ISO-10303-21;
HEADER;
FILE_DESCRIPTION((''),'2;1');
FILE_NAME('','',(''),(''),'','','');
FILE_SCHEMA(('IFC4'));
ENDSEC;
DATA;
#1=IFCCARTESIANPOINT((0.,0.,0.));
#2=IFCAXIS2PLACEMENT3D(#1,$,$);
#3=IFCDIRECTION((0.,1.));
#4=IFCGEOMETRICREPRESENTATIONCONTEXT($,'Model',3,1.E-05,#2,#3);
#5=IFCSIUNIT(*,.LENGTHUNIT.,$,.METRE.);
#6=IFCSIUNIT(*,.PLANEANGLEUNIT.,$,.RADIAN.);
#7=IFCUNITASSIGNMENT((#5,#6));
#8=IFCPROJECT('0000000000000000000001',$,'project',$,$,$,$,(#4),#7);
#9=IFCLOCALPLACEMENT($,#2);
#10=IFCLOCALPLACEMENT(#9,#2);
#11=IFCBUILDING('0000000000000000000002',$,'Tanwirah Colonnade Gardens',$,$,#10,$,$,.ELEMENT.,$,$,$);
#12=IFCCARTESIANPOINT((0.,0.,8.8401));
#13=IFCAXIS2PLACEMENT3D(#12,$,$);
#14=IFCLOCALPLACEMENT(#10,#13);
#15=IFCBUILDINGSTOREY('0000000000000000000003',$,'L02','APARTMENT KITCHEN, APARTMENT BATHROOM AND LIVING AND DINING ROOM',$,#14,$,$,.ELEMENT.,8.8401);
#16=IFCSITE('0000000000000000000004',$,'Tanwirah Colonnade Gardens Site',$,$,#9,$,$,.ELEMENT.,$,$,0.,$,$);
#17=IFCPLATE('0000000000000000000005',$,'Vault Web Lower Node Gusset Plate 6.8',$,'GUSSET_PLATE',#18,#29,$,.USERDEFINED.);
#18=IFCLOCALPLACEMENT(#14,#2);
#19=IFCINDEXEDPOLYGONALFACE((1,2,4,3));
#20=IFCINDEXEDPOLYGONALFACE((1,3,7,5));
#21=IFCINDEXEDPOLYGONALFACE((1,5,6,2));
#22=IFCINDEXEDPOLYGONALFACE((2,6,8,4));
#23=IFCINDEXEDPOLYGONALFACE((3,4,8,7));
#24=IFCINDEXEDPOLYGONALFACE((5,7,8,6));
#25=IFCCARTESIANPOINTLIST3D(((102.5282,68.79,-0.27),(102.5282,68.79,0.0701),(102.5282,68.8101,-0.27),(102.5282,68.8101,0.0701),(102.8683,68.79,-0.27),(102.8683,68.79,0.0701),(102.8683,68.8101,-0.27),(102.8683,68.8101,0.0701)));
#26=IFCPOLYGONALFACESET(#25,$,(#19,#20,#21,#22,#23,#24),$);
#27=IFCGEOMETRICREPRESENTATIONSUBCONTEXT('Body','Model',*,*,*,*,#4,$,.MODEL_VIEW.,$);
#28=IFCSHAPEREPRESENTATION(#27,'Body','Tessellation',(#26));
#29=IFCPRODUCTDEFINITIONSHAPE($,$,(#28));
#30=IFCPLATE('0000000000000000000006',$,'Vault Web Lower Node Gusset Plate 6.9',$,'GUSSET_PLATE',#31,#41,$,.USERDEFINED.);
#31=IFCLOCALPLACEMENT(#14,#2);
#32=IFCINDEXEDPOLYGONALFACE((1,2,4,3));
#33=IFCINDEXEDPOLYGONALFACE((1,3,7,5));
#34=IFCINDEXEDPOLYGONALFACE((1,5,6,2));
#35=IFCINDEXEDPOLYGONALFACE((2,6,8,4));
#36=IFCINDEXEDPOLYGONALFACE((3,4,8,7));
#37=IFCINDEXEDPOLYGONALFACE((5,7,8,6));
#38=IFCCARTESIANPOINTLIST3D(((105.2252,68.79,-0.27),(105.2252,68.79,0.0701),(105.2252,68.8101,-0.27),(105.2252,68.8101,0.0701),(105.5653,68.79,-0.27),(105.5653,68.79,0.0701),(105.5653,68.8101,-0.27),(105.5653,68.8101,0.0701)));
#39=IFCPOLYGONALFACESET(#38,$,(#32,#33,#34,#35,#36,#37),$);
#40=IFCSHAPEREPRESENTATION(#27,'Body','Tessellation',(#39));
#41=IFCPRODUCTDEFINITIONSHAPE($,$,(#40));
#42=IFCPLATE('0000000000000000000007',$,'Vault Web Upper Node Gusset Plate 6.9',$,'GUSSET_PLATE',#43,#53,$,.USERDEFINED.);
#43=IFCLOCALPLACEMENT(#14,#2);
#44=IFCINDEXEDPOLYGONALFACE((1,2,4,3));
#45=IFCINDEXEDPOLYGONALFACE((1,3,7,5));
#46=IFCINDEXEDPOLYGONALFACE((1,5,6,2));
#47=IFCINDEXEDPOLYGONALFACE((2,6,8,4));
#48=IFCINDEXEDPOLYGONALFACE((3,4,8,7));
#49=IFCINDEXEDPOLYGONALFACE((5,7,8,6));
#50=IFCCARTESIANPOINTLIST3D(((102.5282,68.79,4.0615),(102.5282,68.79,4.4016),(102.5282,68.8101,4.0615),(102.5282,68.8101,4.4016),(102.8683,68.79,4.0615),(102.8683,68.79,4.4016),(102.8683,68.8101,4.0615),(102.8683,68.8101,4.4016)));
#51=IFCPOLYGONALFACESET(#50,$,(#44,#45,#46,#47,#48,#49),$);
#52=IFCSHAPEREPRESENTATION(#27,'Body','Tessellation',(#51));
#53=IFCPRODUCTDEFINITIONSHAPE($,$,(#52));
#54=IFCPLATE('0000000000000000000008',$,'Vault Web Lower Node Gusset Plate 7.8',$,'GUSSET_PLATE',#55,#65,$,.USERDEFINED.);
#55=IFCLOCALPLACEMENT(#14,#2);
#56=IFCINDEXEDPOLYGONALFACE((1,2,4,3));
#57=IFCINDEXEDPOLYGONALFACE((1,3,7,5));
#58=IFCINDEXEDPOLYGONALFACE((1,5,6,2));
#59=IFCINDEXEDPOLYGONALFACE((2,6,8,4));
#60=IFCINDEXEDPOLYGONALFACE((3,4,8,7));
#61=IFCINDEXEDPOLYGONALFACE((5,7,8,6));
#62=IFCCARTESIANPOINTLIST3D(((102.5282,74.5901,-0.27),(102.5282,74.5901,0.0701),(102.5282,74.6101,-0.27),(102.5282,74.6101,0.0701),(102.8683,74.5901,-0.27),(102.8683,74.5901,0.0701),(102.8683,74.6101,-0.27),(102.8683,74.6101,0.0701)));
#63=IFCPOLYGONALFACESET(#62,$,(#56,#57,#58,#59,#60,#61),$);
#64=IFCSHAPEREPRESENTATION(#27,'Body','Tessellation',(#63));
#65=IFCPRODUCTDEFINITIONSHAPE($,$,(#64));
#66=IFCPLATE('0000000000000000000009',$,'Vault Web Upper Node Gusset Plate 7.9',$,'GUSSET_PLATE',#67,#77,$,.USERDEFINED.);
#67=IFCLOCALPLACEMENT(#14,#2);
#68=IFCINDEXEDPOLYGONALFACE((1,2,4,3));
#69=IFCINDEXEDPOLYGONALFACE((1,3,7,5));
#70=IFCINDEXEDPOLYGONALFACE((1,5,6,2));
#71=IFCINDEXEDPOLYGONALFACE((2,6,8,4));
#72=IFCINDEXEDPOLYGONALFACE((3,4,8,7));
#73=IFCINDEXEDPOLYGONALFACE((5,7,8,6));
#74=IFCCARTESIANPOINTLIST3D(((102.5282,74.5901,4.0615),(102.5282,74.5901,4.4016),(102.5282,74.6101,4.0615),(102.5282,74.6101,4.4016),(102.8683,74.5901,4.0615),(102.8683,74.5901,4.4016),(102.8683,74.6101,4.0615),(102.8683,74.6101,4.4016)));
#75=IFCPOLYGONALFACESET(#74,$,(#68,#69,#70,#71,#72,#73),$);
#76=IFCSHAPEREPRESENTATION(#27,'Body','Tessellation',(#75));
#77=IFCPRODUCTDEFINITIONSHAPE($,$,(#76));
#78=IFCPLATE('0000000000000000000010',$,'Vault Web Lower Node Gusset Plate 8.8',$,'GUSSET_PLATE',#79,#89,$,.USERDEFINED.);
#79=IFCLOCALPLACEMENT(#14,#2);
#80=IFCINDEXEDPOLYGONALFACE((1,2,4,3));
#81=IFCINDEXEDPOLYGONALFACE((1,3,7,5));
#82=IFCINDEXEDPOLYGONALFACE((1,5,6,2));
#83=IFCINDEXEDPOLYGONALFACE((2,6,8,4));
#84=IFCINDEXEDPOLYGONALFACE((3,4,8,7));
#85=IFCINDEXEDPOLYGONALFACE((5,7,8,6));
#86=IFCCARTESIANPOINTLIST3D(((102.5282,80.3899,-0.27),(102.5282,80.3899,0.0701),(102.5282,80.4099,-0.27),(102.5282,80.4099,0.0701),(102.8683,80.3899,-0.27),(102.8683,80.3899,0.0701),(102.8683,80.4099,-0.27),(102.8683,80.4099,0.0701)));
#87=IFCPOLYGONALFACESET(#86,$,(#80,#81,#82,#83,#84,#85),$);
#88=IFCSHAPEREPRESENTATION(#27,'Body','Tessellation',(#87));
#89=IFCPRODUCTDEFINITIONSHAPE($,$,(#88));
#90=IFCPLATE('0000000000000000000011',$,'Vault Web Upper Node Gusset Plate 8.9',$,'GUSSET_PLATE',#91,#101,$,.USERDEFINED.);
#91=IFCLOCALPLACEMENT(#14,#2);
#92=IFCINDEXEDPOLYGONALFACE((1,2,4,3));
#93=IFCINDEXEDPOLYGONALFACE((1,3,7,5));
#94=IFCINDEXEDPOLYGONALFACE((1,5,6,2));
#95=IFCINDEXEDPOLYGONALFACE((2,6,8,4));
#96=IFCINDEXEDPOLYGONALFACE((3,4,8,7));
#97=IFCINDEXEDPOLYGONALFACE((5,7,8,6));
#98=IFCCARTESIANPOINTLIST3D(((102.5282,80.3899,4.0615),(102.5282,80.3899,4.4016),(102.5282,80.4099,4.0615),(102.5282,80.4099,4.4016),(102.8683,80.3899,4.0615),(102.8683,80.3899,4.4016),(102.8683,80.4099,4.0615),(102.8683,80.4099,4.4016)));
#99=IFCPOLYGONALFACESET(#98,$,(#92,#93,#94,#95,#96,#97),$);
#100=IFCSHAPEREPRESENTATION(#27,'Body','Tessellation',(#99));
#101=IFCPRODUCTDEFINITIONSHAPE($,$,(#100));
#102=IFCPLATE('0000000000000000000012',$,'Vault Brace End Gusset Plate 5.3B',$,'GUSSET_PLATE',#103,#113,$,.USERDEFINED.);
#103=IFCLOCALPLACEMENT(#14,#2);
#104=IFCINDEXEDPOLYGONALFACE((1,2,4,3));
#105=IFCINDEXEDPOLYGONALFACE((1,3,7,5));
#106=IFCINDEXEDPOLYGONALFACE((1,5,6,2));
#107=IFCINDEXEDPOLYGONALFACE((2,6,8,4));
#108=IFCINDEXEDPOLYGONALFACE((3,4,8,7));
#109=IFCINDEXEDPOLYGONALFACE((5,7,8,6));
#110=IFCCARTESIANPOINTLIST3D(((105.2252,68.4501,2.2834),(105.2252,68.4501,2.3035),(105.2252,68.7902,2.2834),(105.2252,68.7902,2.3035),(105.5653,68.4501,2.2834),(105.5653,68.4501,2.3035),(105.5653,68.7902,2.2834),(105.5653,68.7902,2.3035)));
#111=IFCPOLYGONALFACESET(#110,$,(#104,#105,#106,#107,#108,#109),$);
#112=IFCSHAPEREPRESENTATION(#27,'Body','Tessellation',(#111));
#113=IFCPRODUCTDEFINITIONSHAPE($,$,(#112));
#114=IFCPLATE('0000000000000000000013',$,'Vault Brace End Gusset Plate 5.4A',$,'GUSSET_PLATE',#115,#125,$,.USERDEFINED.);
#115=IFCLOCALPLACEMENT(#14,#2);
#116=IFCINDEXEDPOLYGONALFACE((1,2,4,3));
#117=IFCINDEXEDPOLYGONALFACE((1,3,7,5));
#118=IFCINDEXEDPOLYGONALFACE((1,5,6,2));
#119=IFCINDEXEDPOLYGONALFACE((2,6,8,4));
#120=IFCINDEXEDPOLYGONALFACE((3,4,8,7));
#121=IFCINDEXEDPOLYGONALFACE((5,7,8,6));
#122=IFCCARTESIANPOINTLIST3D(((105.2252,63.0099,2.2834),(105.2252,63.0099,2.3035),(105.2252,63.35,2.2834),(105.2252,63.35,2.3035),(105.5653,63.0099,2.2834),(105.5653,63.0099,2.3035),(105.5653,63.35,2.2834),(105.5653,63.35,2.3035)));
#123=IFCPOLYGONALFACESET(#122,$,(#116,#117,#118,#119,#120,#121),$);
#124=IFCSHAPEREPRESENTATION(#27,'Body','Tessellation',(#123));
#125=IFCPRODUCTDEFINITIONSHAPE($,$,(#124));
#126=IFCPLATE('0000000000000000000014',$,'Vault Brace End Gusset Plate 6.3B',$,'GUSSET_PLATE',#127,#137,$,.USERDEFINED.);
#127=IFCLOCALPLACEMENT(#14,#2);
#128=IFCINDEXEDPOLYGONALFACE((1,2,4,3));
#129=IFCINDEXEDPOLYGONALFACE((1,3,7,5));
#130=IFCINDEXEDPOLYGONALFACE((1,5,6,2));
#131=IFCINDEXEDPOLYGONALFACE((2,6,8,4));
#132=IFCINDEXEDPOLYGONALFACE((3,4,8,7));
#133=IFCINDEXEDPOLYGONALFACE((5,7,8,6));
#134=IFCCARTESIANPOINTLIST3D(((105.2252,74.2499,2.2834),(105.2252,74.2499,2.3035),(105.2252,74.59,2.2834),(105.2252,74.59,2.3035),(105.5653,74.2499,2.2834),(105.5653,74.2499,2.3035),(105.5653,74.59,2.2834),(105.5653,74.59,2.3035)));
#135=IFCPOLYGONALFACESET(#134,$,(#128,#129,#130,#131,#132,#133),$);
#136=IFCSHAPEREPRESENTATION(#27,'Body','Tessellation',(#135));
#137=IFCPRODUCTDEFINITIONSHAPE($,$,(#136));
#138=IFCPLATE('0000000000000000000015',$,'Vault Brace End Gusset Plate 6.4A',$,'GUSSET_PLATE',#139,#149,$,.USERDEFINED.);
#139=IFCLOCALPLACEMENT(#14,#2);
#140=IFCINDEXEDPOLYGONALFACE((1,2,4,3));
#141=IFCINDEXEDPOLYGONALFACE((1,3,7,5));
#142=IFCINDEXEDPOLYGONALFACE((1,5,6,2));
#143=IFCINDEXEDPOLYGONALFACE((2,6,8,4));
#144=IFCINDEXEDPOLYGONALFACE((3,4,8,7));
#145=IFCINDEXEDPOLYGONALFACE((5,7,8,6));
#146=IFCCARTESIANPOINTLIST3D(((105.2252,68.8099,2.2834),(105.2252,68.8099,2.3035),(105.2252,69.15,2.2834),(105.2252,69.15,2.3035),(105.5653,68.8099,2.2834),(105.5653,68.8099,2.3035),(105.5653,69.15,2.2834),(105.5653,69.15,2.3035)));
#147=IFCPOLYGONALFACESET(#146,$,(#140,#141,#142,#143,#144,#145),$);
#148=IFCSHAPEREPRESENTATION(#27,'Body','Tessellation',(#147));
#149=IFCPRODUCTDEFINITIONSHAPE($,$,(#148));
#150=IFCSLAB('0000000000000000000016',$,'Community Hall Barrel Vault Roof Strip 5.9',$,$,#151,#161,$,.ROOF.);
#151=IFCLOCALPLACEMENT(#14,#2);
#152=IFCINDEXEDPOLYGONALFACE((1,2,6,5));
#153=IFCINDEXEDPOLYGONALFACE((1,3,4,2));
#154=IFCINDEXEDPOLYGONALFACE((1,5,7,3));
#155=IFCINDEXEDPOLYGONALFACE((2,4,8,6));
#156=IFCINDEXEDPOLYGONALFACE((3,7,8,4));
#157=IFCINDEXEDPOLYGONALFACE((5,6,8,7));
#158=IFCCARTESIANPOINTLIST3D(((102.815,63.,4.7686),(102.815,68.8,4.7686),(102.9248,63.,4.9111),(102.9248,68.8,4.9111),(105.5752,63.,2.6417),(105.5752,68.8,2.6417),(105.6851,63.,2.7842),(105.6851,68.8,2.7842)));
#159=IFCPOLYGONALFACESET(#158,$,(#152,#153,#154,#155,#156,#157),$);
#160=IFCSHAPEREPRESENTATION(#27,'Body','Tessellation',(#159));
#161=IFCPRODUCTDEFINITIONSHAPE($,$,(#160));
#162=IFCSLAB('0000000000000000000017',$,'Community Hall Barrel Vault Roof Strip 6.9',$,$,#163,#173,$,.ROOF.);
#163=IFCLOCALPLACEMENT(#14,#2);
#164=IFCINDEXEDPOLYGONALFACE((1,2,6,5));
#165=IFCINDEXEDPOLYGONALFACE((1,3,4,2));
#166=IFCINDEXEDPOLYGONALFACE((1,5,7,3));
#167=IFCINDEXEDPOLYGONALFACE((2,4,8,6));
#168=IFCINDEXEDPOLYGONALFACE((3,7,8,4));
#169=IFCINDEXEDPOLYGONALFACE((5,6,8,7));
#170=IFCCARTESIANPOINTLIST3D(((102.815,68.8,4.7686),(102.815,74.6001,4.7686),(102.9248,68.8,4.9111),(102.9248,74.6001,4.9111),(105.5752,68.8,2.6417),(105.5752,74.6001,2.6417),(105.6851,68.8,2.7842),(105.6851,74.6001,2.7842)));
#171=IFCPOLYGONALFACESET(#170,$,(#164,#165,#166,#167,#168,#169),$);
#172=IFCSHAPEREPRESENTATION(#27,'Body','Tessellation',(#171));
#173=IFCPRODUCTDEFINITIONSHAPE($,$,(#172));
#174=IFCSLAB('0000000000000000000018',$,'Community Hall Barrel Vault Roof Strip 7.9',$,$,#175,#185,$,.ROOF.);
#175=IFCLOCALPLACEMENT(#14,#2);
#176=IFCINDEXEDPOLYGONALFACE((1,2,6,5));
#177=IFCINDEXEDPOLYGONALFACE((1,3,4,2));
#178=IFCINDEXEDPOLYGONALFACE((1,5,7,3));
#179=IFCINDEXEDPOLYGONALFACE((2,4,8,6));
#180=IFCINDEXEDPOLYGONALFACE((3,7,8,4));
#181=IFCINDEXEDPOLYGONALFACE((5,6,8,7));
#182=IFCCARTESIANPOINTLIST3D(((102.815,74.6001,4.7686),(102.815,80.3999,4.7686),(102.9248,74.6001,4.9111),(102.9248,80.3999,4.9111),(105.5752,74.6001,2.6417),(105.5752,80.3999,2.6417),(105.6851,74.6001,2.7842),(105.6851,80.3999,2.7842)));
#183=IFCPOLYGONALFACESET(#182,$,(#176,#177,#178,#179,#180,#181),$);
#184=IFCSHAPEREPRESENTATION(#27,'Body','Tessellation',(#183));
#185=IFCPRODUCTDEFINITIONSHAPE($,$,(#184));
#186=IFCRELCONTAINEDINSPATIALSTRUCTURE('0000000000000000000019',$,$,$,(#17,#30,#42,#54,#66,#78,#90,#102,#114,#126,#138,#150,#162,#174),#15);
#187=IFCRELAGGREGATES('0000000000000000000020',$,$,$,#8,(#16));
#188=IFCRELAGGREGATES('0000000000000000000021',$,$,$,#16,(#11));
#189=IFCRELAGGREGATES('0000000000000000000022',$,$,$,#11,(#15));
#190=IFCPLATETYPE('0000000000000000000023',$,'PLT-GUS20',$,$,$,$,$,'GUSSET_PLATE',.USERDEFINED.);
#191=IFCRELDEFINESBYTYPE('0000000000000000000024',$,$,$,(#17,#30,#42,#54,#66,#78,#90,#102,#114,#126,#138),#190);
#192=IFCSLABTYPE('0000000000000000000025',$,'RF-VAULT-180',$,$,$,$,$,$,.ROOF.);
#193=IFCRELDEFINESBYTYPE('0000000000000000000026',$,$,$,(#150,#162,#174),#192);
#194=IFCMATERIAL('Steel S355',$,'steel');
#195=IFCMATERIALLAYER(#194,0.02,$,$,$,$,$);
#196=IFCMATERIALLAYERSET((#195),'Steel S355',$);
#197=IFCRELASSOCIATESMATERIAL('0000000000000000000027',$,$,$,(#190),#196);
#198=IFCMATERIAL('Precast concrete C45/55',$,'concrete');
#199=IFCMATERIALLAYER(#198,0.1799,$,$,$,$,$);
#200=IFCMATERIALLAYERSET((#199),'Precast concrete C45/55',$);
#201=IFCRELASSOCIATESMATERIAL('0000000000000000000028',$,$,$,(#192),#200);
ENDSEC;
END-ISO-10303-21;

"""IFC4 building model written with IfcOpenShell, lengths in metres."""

from ifc_helpers import new_model, si_unit, direction, frame, origin, origin_2d, place, context, subcontext, project, spatial, polyline, rectangle, outline, extrude, material, layer, layer_set, type_object, element, save


model = new_model("IFC4")

# Units and contexts
model_context = context("Model", 3, precision=1e-05, world=origin(), true_north=direction((0.0, 1.0)))
body_context = subcontext(model_context, "Body", "Model", "MODEL_VIEW")
ifc_project = project(units=[si_unit("LENGTHUNIT", "METRE"), si_unit("PLANEANGLEUNIT", "RADIAN")], contexts=[model_context])

# Site, building, storey
site_placement = place(None, origin())
site = spatial("IfcSite", under=ifc_project, at=site_placement, Name="Tanwirah Colonnade Gardens Site", CompositionType="ELEMENT", RefElevation=0.0)
building_placement = place(site_placement, origin())
building = spatial("IfcBuilding", under=site, at=building_placement, Name="Tanwirah Colonnade Gardens", CompositionType="ELEMENT")
storey_placement = place(building_placement, frame((0.0, 0.0, 8.8401)))
storey = spatial("IfcBuildingStorey", under=building, at=storey_placement, Name="L02", Description="APARTMENT KITCHEN, APARTMENT BATHROOM AND LIVING AND DINING ROOM", CompositionType="ELEMENT", Elevation=8.8401)

# Shared definitions
ifc_material_1 = material(Name="Steel S355", Category="steel")

# Shared definitions
ifc_material_2 = material(Name="Precast concrete C45/55", Category="concrete")

# Plates
ifc_layer_1 = layer(ifc_material_1, 0.02)
ifc_layer_set_1 = layer_set([ifc_layer_1], Name="Steel S355")
plate_type = type_object("IfcPlateType", Name="PLT-GUS20", ElementType="GUSSET_PLATE", PredefinedType="USERDEFINED", material=ifc_layer_set_1)
for number, where, z_axis, x_axis, name in (
    (1, (102.6982, 68.8, -0.27), (0.0, 0.0, 1.0), (1.0, 0.0, 0.0), "Vault Web Lower Node Gusset Plate 6.8"),
    (2, (105.3953, 68.8, -0.27), (0.0, 0.0, 1.0), (1.0, 0.0, 0.0), "Vault Web Lower Node Gusset Plate 6.9"),
    (3, (102.6982, 68.8, 4.0615), (0.0, 0.0, 1.0), (1.0, 0.0, 0.0), "Vault Web Upper Node Gusset Plate 6.9"),
    (4, (102.6982, 74.6001, -0.27), (0.0, 0.0, 1.0), (1.0, 0.0, 0.0), "Vault Web Lower Node Gusset Plate 7.8"),
    (5, (102.6982, 74.6001, 4.0615), (0.0, 0.0, 1.0), (1.0, 0.0, 0.0), "Vault Web Upper Node Gusset Plate 7.9"),
    (6, (102.6982, 80.3999, -0.27), (0.0, 0.0, 1.0), (1.0, 0.0, 0.0), "Vault Web Lower Node Gusset Plate 8.8"),
    (7, (102.6982, 80.3999, 4.0615), (0.0, 0.0, 1.0), (1.0, 0.0, 0.0), "Vault Web Upper Node Gusset Plate 8.9"),
):
    element("IfcPlate", number, at=place(storey_placement, frame(where, z_axis=z_axis, x_axis=x_axis)), inside=storey, type_object=plate_type, Name=name, ObjectType="GUSSET_PLATE", PredefinedType="USERDEFINED", context=body_context, shape_type="SweptSolid", body=[
        extrude(rectangle(XDim=0.3401, YDim=0.02, at=origin_2d()), origin(), (0.0, 0.0, 1.0), 0.3401),
    ])
for number, where, z_axis, x_axis, name in (
    (8, (105.3953, 68.6201, 2.2834), (0.0, 0.0, 1.0), (1.0, 0.0, 0.0), "Vault Brace End Gusset Plate 5.3B"),
    (9, (105.3953, 63.1799, 2.2834), (0.0, 0.0, 1.0), (1.0, 0.0, 0.0), "Vault Brace End Gusset Plate 5.4A"),
    (10, (105.3953, 74.4199, 2.2834), (0.0, 0.0, 1.0), (1.0, 0.0, 0.0), "Vault Brace End Gusset Plate 6.3B"),
    (11, (105.3953, 68.98, 2.2834), (0.0, 0.0, 1.0), (1.0, 0.0, 0.0), "Vault Brace End Gusset Plate 6.4A"),
):
    element("IfcPlate", number, at=place(storey_placement, frame(where, z_axis=z_axis, x_axis=x_axis)), inside=storey, type_object=plate_type, Name=name, ObjectType="GUSSET_PLATE", PredefinedType="USERDEFINED", context=body_context, shape_type="SweptSolid", body=[
        extrude(rectangle(XDim=0.3401, YDim=0.3401, at=origin_2d()), origin(), (0.0, 0.0, 1.0), 0.02),
    ])

# Slabs
ifc_layer_2 = layer(ifc_material_2, 0.1799)
ifc_layer_set_2 = layer_set([ifc_layer_2], Name="Precast concrete C45/55")
slab_type = type_object("IfcSlabType", Name="RF-VAULT-180", PredefinedType="ROOF", material=ifc_layer_set_2)
for number, where, z_axis, x_axis, name in (
    (12, (102.9248, 63.0, 4.9111), (0.610374, 0.0, 0.792113), (0.792113, 0.0, -0.610374), "Community Hall Barrel Vault Roof Strip 5.9"),
    (13, (102.9248, 68.8, 4.9111), (0.610374, 0.0, 0.792113), (0.792113, 0.0, -0.610374), "Community Hall Barrel Vault Roof Strip 6.9"),
):
    element("IfcSlab", number, at=place(storey_placement, frame(where, z_axis=z_axis, x_axis=x_axis)), inside=storey, type_object=slab_type, Name=name, PredefinedType="ROOF", context=body_context, shape_type="SweptSolid", body=[
        extrude(outline(polyline([(0.0, 0.0), (3.4847, 0.0), (3.4847, 5.8), (0.0, 5.8), (0.0, 0.0)])), origin(), (0.0, 0.0, -1.0), 0.1799),
    ])
slab_placement = place(storey_placement, frame((102.9248, 74.6001, 4.9111), z_axis=(0.610374, 0.0, 0.792113), x_axis=(0.792113, 0.0, -0.610374)))
element("IfcSlab", 14, at=slab_placement, inside=storey, type_object=slab_type, Name="Community Hall Barrel Vault Roof Strip 7.9", PredefinedType="ROOF", context=body_context, shape_type="SweptSolid", body=[
    extrude(outline(polyline([(0.0, 0.0), (3.4847, 0.0), (3.4847, 5.7998), (0.0, 5.7998), (0.0, 0.0)])), origin(), (0.0, 0.0, -1.0), 0.1799),
])

save(model, "model.ifc")
